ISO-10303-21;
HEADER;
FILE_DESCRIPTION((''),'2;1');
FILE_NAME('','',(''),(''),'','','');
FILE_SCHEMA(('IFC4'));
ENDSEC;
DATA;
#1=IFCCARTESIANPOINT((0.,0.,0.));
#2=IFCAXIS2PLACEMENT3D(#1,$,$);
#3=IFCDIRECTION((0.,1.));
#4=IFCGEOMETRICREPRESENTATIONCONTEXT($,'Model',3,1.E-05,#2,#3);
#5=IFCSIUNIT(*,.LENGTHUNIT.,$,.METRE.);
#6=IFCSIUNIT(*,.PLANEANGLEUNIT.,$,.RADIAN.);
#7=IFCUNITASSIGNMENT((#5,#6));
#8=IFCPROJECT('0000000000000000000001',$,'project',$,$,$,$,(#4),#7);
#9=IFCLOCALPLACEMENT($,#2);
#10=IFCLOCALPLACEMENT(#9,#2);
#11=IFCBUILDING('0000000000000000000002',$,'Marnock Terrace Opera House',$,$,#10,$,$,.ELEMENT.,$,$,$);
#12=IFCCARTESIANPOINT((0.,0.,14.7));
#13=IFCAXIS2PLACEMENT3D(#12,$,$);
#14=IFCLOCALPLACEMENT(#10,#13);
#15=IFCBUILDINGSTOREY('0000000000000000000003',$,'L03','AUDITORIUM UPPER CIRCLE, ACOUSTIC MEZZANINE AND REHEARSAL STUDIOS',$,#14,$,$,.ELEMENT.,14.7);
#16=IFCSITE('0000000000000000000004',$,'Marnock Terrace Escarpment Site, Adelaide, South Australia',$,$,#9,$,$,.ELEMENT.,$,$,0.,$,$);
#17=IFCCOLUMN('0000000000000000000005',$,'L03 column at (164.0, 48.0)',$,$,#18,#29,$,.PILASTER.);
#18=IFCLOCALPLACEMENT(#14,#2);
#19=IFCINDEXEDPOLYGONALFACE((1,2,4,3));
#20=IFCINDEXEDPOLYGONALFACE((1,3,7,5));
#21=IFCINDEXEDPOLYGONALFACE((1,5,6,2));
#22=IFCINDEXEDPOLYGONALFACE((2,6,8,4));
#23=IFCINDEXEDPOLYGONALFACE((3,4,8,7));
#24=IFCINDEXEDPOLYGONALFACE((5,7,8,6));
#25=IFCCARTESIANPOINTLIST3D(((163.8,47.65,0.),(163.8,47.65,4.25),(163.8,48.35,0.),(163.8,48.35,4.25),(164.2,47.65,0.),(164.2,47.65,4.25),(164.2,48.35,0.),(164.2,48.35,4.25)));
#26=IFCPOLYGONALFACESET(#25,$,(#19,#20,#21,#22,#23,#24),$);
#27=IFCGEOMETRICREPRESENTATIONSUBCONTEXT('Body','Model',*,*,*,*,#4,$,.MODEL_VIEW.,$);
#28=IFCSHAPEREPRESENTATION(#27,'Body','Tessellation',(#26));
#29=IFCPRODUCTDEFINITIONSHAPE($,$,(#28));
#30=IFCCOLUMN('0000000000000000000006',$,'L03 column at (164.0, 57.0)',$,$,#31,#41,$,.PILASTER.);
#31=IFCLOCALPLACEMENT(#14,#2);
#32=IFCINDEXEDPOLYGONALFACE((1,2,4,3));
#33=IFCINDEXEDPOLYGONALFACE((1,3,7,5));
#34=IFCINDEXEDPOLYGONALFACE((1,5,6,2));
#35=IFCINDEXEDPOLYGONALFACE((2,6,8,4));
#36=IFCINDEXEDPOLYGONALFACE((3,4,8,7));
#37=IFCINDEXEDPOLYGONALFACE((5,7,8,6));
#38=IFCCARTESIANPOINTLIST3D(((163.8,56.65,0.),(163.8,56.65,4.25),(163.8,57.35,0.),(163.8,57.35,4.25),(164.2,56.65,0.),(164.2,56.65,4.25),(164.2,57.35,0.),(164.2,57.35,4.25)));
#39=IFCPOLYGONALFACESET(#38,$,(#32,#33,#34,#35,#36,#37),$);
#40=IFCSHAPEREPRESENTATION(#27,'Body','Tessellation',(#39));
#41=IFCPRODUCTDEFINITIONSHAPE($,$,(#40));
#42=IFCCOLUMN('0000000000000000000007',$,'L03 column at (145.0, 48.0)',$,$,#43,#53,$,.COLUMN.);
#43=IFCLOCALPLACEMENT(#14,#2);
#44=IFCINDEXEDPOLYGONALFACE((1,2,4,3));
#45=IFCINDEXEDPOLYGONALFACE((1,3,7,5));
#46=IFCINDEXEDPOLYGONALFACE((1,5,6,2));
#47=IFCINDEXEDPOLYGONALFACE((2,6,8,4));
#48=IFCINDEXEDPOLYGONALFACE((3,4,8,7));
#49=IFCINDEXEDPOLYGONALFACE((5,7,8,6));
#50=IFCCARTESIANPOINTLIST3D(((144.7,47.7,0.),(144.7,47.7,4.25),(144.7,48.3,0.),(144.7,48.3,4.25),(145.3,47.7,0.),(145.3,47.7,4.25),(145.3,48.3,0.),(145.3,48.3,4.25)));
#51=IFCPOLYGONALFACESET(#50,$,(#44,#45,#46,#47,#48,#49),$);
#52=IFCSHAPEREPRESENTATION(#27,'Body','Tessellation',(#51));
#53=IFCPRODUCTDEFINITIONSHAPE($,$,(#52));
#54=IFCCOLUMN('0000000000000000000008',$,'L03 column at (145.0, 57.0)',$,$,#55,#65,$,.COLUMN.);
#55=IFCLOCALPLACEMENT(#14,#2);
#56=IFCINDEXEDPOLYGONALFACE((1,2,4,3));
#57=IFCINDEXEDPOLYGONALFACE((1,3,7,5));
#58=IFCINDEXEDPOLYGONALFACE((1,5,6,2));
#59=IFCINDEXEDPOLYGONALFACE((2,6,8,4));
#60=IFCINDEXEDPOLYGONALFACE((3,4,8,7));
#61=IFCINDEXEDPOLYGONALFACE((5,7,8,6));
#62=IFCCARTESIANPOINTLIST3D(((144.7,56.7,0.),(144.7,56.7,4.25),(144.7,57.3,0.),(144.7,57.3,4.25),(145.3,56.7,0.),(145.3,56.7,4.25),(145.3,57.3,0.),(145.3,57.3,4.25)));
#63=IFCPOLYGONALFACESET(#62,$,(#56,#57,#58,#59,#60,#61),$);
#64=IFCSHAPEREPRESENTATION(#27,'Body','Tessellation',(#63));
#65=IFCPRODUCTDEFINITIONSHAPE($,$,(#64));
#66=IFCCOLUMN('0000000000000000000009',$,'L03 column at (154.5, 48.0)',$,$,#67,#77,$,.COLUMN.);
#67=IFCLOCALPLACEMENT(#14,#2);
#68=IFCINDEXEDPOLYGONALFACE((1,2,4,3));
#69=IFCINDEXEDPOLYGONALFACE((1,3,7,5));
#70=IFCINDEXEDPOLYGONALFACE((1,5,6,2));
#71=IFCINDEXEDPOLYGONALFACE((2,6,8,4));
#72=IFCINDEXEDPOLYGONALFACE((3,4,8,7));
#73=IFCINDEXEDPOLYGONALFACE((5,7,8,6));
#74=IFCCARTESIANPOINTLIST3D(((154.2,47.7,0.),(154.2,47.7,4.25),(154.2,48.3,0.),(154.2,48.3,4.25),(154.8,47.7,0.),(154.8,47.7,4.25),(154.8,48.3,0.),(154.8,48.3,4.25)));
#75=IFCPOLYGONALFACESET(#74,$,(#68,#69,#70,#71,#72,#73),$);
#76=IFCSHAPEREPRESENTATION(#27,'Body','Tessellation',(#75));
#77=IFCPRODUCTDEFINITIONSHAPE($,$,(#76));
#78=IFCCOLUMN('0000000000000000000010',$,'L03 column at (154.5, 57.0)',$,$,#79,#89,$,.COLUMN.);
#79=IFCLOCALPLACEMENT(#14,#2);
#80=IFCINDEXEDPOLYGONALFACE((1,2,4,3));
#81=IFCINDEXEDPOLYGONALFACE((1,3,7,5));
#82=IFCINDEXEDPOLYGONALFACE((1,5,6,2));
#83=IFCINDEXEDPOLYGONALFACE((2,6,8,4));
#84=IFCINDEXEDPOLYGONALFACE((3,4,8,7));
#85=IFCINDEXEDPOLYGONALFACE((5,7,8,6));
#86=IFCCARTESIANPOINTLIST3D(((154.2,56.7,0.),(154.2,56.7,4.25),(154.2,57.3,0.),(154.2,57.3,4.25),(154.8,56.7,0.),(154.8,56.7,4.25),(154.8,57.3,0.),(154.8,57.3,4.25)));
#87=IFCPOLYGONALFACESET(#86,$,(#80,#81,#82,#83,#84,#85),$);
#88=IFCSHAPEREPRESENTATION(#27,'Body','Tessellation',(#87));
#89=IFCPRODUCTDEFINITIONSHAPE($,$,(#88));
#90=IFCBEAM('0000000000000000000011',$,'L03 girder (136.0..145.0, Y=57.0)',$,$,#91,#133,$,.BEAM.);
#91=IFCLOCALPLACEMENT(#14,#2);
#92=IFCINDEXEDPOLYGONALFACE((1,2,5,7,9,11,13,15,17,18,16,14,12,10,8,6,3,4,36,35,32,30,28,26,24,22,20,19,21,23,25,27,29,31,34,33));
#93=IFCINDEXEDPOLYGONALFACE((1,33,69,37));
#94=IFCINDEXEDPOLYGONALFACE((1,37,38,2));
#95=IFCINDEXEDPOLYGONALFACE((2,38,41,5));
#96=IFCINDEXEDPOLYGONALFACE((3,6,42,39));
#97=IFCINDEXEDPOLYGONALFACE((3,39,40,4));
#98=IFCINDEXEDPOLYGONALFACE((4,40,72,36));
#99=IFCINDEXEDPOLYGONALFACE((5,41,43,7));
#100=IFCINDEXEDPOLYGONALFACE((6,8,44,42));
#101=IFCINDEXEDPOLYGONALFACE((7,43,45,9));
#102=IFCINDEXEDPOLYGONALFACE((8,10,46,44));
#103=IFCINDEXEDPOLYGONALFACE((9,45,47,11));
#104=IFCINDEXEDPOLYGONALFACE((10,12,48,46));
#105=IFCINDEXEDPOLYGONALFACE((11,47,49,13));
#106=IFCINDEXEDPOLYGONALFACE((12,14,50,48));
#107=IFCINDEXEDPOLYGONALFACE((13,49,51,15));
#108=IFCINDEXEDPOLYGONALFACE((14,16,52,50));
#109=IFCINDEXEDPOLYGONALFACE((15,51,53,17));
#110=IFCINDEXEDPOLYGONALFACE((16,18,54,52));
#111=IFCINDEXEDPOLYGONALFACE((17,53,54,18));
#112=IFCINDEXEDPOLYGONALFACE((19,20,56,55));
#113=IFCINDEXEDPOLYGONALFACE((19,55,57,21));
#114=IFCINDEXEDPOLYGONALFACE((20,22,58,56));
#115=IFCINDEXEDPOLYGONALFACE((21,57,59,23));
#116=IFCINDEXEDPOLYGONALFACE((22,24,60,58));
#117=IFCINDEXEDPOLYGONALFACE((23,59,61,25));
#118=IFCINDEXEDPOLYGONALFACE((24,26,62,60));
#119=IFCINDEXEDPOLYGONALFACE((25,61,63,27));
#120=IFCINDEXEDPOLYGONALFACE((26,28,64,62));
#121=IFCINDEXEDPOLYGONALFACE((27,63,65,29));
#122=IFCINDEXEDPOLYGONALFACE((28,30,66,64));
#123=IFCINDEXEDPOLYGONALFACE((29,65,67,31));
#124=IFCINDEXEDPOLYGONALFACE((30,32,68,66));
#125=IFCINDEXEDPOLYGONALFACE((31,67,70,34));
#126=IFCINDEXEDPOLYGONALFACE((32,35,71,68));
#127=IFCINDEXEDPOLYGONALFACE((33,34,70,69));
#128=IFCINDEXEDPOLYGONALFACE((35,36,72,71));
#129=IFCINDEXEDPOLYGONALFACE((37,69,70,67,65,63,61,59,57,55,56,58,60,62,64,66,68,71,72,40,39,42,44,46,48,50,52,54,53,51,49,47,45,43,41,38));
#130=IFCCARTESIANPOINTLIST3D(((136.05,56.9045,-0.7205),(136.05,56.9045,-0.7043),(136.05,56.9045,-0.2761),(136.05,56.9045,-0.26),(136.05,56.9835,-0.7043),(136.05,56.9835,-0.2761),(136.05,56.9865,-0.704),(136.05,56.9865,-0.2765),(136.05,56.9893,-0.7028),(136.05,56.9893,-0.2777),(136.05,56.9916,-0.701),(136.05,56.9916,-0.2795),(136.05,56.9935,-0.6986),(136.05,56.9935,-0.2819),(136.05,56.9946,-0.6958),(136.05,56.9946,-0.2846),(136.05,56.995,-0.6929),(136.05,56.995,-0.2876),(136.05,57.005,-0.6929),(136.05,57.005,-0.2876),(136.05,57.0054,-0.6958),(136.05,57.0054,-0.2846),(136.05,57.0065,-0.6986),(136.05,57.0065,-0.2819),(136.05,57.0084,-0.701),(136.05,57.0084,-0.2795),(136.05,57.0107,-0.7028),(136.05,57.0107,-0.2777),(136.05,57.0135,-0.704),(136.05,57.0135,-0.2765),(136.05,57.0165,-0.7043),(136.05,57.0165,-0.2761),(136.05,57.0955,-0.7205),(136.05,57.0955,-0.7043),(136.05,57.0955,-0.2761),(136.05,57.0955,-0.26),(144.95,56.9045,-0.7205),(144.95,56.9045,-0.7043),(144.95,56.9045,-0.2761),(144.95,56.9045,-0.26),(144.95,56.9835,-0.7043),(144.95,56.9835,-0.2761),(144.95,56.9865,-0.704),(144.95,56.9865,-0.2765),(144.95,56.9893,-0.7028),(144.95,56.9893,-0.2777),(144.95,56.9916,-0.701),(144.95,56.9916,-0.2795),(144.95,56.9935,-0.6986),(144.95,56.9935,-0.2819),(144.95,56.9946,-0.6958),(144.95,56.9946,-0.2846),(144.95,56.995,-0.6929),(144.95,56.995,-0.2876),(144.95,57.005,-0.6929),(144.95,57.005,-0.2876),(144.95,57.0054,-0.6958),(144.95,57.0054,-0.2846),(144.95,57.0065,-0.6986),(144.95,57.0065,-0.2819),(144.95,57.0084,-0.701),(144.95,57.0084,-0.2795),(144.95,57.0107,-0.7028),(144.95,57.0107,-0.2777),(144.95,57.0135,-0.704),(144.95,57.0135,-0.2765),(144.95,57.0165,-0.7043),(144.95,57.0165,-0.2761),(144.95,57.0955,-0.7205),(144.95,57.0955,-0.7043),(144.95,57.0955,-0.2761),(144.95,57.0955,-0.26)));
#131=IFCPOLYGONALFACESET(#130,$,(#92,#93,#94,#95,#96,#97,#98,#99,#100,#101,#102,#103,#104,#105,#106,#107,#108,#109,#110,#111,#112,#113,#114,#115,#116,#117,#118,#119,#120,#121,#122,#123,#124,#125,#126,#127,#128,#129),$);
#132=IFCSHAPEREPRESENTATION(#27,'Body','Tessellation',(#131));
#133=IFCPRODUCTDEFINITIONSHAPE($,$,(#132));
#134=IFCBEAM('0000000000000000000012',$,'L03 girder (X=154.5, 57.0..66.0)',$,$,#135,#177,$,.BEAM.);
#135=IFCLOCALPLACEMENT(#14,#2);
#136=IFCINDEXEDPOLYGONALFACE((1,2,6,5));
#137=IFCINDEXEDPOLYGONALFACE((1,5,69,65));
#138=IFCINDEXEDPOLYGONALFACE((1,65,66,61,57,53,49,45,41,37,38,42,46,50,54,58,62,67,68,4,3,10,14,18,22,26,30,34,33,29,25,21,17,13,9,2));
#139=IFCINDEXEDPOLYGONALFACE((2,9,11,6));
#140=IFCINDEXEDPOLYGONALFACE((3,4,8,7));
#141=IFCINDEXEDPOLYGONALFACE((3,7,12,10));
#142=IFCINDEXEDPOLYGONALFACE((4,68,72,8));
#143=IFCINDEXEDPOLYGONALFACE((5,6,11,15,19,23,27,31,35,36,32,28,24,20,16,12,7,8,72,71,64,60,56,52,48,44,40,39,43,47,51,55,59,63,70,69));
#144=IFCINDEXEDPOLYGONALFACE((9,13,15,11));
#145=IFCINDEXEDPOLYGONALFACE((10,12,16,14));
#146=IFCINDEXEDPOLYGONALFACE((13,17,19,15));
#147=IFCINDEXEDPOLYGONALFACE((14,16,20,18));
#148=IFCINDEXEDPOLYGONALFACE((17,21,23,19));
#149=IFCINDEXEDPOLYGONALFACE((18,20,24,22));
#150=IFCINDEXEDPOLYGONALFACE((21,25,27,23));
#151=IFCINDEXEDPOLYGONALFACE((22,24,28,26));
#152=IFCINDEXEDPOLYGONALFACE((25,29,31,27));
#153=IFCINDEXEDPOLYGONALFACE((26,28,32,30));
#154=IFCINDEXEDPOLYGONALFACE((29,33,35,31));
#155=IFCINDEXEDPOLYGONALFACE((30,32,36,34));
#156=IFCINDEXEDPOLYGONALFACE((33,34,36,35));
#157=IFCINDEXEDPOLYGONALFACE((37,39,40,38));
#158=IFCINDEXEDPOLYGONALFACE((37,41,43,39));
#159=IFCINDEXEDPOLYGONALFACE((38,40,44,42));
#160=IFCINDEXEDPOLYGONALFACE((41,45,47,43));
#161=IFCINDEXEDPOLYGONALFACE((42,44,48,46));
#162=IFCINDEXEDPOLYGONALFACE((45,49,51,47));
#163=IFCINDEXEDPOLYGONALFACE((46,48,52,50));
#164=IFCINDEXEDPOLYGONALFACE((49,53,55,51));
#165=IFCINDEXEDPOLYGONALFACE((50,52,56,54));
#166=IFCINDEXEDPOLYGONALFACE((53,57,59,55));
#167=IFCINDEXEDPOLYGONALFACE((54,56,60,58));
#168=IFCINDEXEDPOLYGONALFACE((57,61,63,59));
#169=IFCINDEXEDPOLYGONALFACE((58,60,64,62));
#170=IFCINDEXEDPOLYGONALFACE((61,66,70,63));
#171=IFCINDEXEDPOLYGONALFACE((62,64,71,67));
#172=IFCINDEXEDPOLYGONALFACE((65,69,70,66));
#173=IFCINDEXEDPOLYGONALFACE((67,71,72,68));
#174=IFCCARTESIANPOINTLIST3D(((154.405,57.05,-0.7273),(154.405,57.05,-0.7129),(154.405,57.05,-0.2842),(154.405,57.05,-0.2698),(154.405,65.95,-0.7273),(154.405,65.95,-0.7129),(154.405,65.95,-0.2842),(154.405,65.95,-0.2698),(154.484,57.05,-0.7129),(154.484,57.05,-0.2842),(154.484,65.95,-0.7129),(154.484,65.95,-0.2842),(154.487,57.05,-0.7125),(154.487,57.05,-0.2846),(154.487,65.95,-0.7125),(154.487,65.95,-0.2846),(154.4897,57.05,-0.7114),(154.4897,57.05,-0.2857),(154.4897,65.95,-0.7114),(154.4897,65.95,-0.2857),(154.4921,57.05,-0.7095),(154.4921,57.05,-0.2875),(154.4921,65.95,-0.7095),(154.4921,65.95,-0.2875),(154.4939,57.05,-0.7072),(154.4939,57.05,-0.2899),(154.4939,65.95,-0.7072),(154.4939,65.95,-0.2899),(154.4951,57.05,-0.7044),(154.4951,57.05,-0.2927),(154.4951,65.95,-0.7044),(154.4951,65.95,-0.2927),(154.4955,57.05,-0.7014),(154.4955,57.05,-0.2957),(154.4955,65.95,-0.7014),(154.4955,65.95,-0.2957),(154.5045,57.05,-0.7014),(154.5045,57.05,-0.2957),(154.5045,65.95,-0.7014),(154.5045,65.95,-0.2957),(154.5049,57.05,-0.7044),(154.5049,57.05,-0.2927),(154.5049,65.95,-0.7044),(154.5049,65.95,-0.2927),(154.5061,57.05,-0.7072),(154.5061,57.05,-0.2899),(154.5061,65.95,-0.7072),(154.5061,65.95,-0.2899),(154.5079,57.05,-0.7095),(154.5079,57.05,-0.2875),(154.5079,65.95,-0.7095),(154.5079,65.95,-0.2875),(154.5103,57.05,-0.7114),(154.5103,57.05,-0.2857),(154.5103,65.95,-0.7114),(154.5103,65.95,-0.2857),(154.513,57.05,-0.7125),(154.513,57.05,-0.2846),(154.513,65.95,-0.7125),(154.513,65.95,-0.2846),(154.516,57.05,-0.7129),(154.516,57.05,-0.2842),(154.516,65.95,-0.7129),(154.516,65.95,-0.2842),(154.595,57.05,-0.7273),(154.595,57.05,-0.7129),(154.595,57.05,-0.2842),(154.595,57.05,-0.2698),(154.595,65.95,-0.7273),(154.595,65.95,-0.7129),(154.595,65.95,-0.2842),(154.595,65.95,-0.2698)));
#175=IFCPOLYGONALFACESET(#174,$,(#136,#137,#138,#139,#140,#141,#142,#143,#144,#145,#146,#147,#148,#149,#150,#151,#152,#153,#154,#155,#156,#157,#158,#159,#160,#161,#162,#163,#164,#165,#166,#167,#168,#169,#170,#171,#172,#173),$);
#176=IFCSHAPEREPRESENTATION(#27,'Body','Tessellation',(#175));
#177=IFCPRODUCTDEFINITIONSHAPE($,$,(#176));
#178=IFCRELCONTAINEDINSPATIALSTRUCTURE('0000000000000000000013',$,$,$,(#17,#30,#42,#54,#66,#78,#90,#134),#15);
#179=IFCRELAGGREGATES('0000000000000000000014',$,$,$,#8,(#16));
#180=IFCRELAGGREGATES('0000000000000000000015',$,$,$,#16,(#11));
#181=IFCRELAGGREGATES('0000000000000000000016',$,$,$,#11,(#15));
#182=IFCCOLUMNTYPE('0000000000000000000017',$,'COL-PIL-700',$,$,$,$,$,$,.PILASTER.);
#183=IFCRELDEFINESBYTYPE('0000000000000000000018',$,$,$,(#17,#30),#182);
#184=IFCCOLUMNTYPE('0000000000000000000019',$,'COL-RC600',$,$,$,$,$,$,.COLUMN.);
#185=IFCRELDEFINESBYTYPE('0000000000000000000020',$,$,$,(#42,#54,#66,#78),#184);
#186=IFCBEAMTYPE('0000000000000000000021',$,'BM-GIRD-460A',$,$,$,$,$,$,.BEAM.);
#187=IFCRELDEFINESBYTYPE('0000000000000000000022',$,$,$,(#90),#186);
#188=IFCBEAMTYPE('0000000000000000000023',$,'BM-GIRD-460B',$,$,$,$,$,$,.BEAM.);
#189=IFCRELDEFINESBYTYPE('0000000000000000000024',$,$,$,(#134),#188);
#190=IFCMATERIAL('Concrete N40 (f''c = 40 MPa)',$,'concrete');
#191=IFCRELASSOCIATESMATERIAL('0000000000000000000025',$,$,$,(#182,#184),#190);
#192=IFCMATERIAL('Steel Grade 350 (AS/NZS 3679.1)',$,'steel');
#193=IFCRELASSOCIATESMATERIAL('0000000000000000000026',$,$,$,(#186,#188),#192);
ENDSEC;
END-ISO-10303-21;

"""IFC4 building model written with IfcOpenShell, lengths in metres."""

from ifc_helpers import new_model, si_unit, direction, frame, origin, origin_2d, place, context, subcontext, project, spatial, rectangle, i_section, extrude, material, material_profile, profile_set, type_object, element, save


model = new_model("IFC4")

# Units and contexts
model_context = context("Model", 3, precision=1e-05, world=origin(), true_north=direction((0.0, 1.0)))
body_context = subcontext(model_context, "Body", "Model", "MODEL_VIEW")
ifc_project = project(units=[si_unit("LENGTHUNIT", "METRE"), si_unit("PLANEANGLEUNIT", "RADIAN")], contexts=[model_context])

# Site, building, storey
site_placement = place(None, origin())
site = spatial("IfcSite", under=ifc_project, at=site_placement, Name="Marnock Terrace Escarpment Site, Adelaide, South Australia", CompositionType="ELEMENT", RefElevation=0.0)
building_placement = place(site_placement, origin())
building = spatial("IfcBuilding", under=site, at=building_placement, Name="Marnock Terrace Opera House", CompositionType="ELEMENT")
storey_placement = place(building_placement, frame((0.0, 0.0, 14.7)))
storey = spatial("IfcBuildingStorey", under=building, at=storey_placement, Name="L03", Description="AUDITORIUM UPPER CIRCLE, ACOUSTIC MEZZANINE AND REHEARSAL STUDIOS", CompositionType="ELEMENT", Elevation=14.7)

# Columns
ifc_material_1 = material(Name="Concrete N40 (f'c = 40 MPa)", Category="concrete")
ifc_material_profile_1 = material_profile(ifc_material_1, rectangle(XDim=0.3999, YDim=0.7, at=origin_2d()))
ifc_profile_set_1 = profile_set([ifc_material_profile_1], Name="Concrete N40 (f'c = 40 MPa)")
column_type_1 = type_object("IfcColumnType", Name="COL-PIL-700", PredefinedType="PILASTER", material=ifc_profile_set_1)
for number, where, z_axis, x_axis, name in (
    (1, (164.0, 48.0, 0.0), (0.0, 0.0, 1.0), (1.0, 0.0, 0.0), "L03 column at (164.0, 48.0)"),
    (2, (164.0, 57.0, 0.0), (0.0, 0.0, 1.0), (1.0, 0.0, 0.0), "L03 column at (164.0, 57.0)"),
):
    element("IfcColumn", number, at=place(storey_placement, frame(where, z_axis=z_axis, x_axis=x_axis)), inside=storey, type_object=column_type_1, Name=name, PredefinedType="PILASTER", context=body_context, shape_type="SweptSolid", body=[
        extrude(rectangle(XDim=0.3999, YDim=0.7, at=origin_2d()), origin(), (0.0, 0.0, 1.0), 4.25),
    ])
ifc_material_profile_2 = material_profile(ifc_material_1, rectangle(XDim=0.6001, YDim=0.6001, at=origin_2d()))
ifc_profile_set_2 = profile_set([ifc_material_profile_2], Name="Concrete N40 (f'c = 40 MPa)")
column_type_2 = type_object("IfcColumnType", Name="COL-RC600", PredefinedType="COLUMN", material=ifc_profile_set_2)
for number, where, z_axis, x_axis, name in (
    (3, (145.0, 48.0, 0.0), (0.0, 0.0, 1.0), (1.0, 0.0, 0.0), "L03 column at (145.0, 48.0)"),
    (4, (145.0, 57.0, 0.0), (0.0, 0.0, 1.0), (1.0, 0.0, 0.0), "L03 column at (145.0, 57.0)"),
    (5, (154.5, 48.0, 0.0), (0.0, 0.0, 1.0), (1.0, 0.0, 0.0), "L03 column at (154.5, 48.0)"),
    (6, (154.5, 57.0, 0.0), (0.0, 0.0, 1.0), (1.0, 0.0, 0.0), "L03 column at (154.5, 57.0)"),
):
    element("IfcColumn", number, at=place(storey_placement, frame(where, z_axis=z_axis, x_axis=x_axis)), inside=storey, type_object=column_type_2, Name=name, PredefinedType="COLUMN", context=body_context, shape_type="SweptSolid", body=[
        extrude(rectangle(XDim=0.6001, YDim=0.6001, at=origin_2d()), origin(), (0.0, 0.0, 1.0), 4.25),
    ])

# Beams
ifc_material_2 = material(Name="Steel Grade 350 (AS/NZS 3679.1)", Category="steel")
ifc_material_profile_3 = material_profile(ifc_material_2, i_section(OverallWidth=0.1909, OverallDepth=0.4604, WebThickness=0.01, FlangeThickness=0.0161, FilletRadius=0.0115, at=origin_2d()))
ifc_profile_set_3 = profile_set([ifc_material_profile_3], Name="Steel Grade 350 (AS/NZS 3679.1)")
beam_type_1 = type_object("IfcBeamType", Name="BM-GIRD-460A", PredefinedType="BEAM", material=ifc_profile_set_3)
beam_1_placement = place(storey_placement, frame((136.05, 57.0, -0.4902), z_axis=(1.0, 0.0, 0.0), x_axis=(0.0, 1.0, 0.0)))
element("IfcBeam", 7, at=beam_1_placement, inside=storey, type_object=beam_type_1, Name="L03 girder (136.0..145.0, Y=57.0)", PredefinedType="BEAM", context=body_context, shape_type="SweptSolid", body=[
    extrude(i_section(OverallWidth=0.1909, OverallDepth=0.4604, WebThickness=0.01, FlangeThickness=0.0161, FilletRadius=0.0115, at=origin_2d()), origin(), (0.0, 0.0, 1.0), 8.8999),
])
ifc_material_profile_4 = material_profile(ifc_material_2, i_section(OverallWidth=0.1899, OverallDepth=0.4575, WebThickness=0.009, FlangeThickness=0.0144, FilletRadius=0.0115, at=origin_2d()))
ifc_profile_set_4 = profile_set([ifc_material_profile_4], Name="Steel Grade 350 (AS/NZS 3679.1)")
beam_type_2 = type_object("IfcBeamType", Name="BM-GIRD-460B", PredefinedType="BEAM", material=ifc_profile_set_4)
beam_2_placement = place(storey_placement, frame((154.5, 57.05, -0.4985), z_axis=(0.0, 1.0, 0.0), x_axis=(-1.0, 0.0, 0.0)))
element("IfcBeam", 8, at=beam_2_placement, inside=storey, type_object=beam_type_2, Name="L03 girder (X=154.5, 57.0..66.0)", PredefinedType="BEAM", context=body_context, shape_type="SweptSolid", body=[
    extrude(i_section(OverallWidth=0.1899, OverallDepth=0.4575, WebThickness=0.009, FlangeThickness=0.0144, FilletRadius=0.0115, at=origin_2d()), origin(), (0.0, 0.0, 1.0), 8.8999),
])

save(model, "model.ifc")
